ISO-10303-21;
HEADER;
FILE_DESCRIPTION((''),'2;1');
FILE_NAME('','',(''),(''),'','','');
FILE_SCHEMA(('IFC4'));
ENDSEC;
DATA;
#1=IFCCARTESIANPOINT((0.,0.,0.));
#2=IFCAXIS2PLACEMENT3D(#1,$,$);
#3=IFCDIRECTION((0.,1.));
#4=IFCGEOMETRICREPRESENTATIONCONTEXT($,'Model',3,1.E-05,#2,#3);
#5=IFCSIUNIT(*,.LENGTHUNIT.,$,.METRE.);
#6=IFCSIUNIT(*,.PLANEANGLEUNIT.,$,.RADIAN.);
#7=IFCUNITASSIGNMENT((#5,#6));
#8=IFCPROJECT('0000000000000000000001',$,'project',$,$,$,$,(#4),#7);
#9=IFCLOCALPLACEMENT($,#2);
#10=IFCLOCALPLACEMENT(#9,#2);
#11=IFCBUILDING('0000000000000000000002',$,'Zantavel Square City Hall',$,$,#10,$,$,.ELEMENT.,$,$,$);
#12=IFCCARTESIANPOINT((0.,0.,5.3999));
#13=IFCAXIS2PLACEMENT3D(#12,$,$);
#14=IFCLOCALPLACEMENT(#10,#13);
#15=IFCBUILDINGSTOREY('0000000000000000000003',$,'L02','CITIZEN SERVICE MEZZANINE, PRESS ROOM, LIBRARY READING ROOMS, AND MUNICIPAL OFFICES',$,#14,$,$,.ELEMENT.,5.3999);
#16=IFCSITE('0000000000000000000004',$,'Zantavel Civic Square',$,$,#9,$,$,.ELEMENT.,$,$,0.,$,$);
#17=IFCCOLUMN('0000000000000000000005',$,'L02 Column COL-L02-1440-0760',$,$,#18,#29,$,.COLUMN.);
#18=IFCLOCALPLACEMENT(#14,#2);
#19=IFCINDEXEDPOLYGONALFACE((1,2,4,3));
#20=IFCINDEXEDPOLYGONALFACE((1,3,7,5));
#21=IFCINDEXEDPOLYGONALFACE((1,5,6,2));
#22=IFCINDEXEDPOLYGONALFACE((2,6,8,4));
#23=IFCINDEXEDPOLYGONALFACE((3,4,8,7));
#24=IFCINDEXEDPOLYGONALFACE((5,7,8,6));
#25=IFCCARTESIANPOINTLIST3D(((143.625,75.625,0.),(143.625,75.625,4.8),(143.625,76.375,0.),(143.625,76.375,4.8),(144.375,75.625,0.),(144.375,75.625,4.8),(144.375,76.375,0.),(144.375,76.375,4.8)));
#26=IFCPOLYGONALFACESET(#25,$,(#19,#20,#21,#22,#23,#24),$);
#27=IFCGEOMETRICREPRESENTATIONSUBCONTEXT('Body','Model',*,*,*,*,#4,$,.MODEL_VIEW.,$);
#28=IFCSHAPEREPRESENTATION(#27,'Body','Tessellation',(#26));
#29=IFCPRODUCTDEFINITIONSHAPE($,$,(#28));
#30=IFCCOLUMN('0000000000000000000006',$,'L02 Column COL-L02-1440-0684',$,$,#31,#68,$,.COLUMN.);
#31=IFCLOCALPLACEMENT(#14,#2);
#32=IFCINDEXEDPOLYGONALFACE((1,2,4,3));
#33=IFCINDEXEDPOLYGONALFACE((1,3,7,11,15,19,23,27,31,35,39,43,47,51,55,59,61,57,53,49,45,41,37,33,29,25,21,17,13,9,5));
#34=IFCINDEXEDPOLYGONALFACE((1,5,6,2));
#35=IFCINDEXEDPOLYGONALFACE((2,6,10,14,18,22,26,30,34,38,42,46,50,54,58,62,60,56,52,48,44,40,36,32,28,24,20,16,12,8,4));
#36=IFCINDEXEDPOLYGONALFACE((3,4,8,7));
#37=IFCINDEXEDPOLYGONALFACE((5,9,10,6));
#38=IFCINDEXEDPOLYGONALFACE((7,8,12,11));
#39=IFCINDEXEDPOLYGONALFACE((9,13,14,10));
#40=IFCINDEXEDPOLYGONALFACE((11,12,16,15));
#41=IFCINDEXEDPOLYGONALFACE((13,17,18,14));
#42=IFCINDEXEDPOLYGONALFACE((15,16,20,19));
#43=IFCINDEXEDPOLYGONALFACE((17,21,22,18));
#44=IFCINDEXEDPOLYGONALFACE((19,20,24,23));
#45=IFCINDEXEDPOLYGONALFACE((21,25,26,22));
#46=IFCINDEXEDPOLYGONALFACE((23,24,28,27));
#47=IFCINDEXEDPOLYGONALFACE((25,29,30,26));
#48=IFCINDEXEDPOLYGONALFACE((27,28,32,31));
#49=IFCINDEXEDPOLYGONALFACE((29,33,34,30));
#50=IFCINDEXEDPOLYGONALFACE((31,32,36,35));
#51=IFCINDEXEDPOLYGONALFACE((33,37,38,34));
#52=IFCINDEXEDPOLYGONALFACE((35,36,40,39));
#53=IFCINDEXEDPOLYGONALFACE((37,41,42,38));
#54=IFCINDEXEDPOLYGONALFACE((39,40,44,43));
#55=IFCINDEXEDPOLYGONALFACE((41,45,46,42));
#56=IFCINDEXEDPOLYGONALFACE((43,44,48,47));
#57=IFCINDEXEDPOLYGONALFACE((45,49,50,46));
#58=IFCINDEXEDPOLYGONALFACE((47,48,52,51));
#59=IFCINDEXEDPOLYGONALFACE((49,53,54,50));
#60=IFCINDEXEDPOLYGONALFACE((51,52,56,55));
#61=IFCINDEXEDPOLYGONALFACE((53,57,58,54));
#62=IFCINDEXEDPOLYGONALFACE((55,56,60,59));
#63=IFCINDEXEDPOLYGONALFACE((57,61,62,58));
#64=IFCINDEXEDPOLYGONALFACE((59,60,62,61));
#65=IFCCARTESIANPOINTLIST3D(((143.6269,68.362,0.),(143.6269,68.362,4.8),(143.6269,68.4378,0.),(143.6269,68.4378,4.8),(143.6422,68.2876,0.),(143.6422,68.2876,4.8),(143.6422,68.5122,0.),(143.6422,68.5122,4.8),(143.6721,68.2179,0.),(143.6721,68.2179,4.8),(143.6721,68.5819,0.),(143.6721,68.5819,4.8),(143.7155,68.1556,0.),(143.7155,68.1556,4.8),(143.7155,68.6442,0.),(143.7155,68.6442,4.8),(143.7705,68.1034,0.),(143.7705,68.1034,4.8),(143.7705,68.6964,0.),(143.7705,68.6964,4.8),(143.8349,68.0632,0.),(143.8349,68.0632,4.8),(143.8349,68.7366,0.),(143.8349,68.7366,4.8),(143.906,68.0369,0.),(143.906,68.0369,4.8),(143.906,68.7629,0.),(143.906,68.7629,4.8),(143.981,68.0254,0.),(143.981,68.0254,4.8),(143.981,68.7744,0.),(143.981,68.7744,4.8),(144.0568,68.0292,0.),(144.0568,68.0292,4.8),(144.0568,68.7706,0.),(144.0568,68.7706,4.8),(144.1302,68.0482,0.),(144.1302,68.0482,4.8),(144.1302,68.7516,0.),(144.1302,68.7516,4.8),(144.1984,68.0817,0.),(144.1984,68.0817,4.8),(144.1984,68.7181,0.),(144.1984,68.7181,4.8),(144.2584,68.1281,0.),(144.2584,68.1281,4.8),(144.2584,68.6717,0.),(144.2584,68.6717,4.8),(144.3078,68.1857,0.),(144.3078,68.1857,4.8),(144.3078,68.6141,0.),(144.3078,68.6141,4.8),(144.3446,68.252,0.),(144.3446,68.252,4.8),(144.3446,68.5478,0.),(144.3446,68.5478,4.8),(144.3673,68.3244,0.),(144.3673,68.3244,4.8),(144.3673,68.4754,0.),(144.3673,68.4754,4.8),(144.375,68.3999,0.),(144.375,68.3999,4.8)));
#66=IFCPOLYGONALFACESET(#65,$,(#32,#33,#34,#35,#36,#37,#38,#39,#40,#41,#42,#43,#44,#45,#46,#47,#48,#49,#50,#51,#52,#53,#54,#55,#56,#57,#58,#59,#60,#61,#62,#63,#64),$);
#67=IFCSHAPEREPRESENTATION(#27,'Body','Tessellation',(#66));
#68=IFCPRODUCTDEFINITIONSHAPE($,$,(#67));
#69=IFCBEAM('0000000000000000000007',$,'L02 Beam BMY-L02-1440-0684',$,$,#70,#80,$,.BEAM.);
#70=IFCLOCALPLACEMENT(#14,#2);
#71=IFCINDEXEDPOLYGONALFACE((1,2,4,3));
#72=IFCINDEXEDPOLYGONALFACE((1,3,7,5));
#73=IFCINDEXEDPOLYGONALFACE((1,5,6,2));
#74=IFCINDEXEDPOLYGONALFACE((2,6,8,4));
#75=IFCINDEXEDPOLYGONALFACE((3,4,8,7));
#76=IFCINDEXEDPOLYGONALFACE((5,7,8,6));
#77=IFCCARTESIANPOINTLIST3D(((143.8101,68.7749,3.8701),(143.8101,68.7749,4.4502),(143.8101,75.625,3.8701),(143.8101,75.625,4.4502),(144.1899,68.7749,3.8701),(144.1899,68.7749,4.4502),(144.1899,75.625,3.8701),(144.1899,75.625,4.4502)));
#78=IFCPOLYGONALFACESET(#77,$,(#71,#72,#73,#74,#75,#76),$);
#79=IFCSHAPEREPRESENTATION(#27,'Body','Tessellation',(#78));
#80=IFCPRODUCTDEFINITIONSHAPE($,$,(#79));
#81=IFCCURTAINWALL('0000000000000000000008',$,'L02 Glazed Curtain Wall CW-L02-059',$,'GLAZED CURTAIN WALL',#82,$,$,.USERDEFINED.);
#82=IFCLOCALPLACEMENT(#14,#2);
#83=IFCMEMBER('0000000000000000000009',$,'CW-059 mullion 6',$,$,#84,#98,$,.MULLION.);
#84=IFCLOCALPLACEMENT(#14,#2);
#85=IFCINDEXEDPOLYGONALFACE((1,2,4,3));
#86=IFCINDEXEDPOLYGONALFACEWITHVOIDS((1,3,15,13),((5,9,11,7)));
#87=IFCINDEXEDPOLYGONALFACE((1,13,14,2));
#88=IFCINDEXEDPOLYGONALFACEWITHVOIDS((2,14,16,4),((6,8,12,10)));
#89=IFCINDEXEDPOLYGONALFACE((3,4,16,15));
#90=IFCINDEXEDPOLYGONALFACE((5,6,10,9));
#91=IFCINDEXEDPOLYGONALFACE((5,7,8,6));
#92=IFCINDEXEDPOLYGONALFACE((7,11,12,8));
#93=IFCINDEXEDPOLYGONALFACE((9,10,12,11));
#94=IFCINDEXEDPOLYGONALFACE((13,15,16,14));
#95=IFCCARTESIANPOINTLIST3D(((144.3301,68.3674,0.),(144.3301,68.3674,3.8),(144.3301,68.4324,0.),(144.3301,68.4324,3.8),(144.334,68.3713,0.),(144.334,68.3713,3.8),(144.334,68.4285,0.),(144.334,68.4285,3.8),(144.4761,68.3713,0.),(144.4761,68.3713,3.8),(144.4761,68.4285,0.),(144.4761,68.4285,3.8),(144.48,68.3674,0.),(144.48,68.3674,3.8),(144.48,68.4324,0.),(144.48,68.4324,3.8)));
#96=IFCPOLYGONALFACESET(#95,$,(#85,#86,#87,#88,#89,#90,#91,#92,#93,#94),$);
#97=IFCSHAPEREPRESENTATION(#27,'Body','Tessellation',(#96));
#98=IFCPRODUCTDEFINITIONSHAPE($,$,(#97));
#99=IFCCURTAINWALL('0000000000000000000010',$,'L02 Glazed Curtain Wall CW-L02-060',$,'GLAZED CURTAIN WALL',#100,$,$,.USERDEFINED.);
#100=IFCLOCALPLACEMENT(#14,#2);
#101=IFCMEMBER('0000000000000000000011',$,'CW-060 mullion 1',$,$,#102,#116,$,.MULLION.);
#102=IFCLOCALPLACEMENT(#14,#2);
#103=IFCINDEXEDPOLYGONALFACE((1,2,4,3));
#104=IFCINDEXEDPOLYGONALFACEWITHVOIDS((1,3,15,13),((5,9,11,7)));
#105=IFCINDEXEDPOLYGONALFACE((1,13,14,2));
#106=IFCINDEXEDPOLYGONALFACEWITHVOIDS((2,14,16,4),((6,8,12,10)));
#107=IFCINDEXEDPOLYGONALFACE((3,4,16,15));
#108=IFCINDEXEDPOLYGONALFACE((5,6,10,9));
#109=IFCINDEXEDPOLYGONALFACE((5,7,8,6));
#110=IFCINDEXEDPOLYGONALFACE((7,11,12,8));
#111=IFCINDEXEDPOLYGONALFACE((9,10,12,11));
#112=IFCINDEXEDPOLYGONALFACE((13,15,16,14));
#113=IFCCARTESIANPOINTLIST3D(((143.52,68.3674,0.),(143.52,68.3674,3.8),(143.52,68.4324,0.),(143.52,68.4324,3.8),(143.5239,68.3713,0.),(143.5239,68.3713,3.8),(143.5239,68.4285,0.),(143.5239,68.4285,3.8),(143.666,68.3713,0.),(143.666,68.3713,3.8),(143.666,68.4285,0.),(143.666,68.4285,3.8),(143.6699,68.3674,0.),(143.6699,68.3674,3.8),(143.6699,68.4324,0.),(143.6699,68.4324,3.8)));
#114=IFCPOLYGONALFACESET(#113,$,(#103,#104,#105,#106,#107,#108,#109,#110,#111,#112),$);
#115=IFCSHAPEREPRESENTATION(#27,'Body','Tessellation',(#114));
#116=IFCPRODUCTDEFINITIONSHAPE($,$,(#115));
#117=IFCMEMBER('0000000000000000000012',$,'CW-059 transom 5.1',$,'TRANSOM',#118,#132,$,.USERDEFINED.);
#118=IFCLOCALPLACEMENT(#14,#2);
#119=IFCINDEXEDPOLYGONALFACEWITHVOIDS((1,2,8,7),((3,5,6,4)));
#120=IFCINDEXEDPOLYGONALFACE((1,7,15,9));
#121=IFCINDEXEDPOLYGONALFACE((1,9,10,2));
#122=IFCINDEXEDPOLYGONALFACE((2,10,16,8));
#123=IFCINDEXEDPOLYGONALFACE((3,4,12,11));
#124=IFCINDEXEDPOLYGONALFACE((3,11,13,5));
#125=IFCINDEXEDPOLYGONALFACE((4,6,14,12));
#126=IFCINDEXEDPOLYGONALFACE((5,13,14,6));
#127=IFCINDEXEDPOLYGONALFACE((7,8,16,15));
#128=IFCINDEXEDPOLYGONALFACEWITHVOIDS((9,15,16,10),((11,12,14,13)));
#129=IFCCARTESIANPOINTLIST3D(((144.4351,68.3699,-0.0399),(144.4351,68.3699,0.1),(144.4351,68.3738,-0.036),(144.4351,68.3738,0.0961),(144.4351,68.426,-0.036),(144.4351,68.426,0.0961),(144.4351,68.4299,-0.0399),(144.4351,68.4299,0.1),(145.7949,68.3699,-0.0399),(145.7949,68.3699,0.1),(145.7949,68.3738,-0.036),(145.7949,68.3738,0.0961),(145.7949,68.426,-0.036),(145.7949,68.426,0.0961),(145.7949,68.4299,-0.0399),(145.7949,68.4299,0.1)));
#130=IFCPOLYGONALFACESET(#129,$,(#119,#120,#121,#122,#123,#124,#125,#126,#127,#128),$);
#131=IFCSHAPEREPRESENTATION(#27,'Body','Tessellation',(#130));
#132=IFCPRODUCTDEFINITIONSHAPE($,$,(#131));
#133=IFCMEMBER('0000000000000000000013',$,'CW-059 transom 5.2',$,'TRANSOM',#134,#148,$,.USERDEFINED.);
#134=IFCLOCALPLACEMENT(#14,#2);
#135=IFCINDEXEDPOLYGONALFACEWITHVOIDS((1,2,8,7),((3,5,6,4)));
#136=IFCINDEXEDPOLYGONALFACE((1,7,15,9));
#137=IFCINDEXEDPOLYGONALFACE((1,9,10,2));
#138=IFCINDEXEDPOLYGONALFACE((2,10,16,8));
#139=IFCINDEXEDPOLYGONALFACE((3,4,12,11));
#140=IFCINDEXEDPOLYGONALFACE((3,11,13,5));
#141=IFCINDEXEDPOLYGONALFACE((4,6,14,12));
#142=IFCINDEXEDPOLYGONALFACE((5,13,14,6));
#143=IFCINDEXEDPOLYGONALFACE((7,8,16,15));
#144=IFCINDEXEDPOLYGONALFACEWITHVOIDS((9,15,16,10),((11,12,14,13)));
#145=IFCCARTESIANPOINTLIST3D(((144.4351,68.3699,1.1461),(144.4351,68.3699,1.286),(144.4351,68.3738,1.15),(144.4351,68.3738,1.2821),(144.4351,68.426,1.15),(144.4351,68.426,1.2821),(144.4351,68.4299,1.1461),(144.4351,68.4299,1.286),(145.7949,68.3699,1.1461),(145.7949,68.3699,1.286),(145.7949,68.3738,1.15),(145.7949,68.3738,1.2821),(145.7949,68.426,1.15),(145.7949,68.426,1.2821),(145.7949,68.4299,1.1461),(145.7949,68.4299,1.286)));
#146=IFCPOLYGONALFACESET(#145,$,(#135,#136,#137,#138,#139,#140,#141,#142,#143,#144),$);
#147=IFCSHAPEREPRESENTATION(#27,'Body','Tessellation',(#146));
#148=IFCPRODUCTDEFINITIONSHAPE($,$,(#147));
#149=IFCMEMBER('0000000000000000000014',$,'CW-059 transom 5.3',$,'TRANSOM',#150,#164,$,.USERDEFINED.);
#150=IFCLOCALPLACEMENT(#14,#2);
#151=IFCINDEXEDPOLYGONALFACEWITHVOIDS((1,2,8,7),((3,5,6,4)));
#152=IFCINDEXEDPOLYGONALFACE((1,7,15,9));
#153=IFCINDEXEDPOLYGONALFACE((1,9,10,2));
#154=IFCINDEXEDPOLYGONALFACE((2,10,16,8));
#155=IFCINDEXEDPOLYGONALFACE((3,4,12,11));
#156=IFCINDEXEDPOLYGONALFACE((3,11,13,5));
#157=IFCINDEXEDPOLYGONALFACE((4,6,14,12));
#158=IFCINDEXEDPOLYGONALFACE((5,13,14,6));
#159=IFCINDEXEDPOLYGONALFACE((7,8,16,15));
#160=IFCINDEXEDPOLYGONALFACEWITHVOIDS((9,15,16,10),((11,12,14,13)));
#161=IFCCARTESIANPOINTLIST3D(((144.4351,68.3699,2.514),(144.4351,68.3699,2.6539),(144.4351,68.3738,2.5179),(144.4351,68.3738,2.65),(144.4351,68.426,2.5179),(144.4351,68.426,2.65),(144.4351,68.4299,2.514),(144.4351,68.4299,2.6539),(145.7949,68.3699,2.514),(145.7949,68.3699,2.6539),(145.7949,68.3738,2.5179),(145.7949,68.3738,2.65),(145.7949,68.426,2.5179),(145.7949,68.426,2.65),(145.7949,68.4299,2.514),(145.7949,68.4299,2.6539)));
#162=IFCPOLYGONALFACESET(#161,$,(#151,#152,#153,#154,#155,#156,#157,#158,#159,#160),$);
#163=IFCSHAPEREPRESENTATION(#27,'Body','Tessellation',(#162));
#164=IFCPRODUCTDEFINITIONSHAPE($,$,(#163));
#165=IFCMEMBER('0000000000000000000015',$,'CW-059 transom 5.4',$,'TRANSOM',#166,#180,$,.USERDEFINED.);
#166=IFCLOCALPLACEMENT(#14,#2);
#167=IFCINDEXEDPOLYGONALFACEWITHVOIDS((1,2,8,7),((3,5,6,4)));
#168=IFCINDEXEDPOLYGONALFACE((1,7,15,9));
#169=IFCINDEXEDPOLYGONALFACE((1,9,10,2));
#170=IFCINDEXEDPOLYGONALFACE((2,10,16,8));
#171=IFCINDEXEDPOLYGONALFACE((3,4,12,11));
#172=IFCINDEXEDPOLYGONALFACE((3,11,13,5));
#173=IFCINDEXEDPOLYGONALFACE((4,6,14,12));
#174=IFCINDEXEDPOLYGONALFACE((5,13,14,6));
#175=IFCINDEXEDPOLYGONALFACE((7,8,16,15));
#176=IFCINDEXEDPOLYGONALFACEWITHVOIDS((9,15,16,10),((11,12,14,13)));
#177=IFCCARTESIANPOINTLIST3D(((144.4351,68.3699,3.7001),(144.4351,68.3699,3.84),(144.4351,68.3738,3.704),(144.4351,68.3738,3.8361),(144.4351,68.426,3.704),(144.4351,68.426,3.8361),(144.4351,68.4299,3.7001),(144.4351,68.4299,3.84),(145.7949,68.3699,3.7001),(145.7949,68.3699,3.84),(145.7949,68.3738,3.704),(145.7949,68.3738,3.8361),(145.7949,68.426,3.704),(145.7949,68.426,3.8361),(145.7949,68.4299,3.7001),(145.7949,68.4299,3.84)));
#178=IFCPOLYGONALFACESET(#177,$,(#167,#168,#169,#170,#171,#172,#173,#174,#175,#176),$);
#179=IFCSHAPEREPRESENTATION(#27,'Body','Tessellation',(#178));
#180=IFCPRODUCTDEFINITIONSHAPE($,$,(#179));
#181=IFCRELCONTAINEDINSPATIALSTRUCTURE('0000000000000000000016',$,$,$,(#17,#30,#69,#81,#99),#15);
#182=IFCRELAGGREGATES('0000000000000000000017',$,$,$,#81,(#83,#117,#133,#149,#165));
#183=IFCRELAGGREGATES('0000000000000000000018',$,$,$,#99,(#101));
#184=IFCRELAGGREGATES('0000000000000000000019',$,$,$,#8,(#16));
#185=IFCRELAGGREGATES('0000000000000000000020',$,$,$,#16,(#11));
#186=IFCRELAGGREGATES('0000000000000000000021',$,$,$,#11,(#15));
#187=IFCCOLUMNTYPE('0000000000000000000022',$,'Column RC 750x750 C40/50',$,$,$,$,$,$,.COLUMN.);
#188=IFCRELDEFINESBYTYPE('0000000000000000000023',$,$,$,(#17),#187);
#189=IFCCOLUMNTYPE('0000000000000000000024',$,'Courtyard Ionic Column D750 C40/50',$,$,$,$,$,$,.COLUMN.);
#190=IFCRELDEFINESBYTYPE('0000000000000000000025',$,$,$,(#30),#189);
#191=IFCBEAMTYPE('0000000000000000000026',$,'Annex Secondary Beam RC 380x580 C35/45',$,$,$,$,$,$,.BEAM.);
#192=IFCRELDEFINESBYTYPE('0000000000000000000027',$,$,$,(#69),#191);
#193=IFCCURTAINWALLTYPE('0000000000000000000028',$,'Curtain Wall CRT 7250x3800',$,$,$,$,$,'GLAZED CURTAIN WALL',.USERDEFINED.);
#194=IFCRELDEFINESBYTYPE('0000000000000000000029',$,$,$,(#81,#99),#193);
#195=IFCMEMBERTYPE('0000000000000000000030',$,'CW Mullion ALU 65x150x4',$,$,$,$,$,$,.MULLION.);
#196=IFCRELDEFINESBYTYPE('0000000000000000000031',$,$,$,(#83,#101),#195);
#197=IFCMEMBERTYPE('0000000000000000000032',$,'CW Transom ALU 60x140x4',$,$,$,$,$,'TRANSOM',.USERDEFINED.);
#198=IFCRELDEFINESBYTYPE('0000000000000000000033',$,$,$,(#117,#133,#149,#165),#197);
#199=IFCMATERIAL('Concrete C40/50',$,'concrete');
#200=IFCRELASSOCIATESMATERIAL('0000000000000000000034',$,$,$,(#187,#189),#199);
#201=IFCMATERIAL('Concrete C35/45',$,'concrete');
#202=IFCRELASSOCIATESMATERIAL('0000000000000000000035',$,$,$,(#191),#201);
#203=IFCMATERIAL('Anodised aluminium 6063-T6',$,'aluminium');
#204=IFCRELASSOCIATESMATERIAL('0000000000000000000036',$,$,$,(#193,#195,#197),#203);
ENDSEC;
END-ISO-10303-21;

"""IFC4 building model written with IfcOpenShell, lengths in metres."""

from ifc_helpers import new_model, si_unit, direction, frame, origin, origin_2d, place, context, subcontext, project, spatial, rectangle, hollow_rectangle, circle, extrude, material, material_profile, profile_set, type_object, element, aggregate, save


model = new_model("IFC4")

# Units and contexts
model_context = context("Model", 3, precision=1e-05, world=origin(), true_north=direction((0.0, 1.0)))
body_context = subcontext(model_context, "Body", "Model", "MODEL_VIEW")
ifc_project = project(units=[si_unit("LENGTHUNIT", "METRE"), si_unit("PLANEANGLEUNIT", "RADIAN")], contexts=[model_context])

# Site, building, storey
site_placement = place(None, origin())
site = spatial("IfcSite", under=ifc_project, at=site_placement, Name="Zantavel Civic Square", CompositionType="ELEMENT", RefElevation=0.0)
building_placement = place(site_placement, origin())
building = spatial("IfcBuilding", under=site, at=building_placement, Name="Zantavel Square City Hall", CompositionType="ELEMENT")
storey_placement = place(building_placement, frame((0.0, 0.0, 5.3999)))
storey = spatial("IfcBuildingStorey", under=building, at=storey_placement, Name="L02", Description="CITIZEN SERVICE MEZZANINE, PRESS ROOM, LIBRARY READING ROOMS, AND MUNICIPAL OFFICES", CompositionType="ELEMENT", Elevation=5.3999)

# Columns
ifc_material_1 = material(Name="Concrete C40/50", Category="concrete")
ifc_material_profile_1 = material_profile(ifc_material_1, rectangle(XDim=0.75, YDim=0.75, at=origin_2d()), Name="RC 750x750")
ifc_profile_set_1 = profile_set([ifc_material_profile_1], Name="Concrete C40/50")
column_type_1 = type_object("IfcColumnType", Name="Column RC 750x750 C40/50", PredefinedType="COLUMN", material=ifc_profile_set_1)
column_1_placement = place(storey_placement, frame((144.0, 76.0, 0.0), z_axis=(0.0, 0.0, 1.0), x_axis=(1.0, 0.0, 0.0)))
element("IfcColumn", 1, at=column_1_placement, inside=storey, type_object=column_type_1, Name="L02 Column COL-L02-1440-0760", PredefinedType="COLUMN", context=body_context, shape_type="SweptSolid", body=[
    extrude(rectangle(XDim=0.75, YDim=0.75, at=origin_2d()), origin(), (0.0, 0.0, 1.0), 4.8),
])
ifc_material_profile_2 = material_profile(ifc_material_1, circle(Radius=0.375, at=origin_2d()), Name="ROUND D750")
ifc_profile_set_2 = profile_set([ifc_material_profile_2], Name="Concrete C40/50")
column_type_2 = type_object("IfcColumnType", Name="Courtyard Ionic Column D750 C40/50", PredefinedType="COLUMN", material=ifc_profile_set_2)
column_2_placement = place(storey_placement, frame((144.0, 68.3999, 0.0), z_axis=(0.0, 0.0, 1.0), x_axis=(1.0, 0.0, 0.0)))
element("IfcColumn", 2, at=column_2_placement, inside=storey, type_object=column_type_2, Name="L02 Column COL-L02-1440-0684", PredefinedType="COLUMN", context=body_context, shape_type="SweptSolid", body=[
    extrude(circle(Radius=0.375, at=origin_2d()), origin(), (0.0, 0.0, 1.0), 4.8),
])

# Beam
ifc_material_2 = material(Name="Concrete C35/45", Category="concrete")
ifc_material_profile_3 = material_profile(ifc_material_2, rectangle(XDim=0.3799, YDim=0.5801, at=origin_2d()), Name="RC 380x580")
ifc_profile_set_3 = profile_set([ifc_material_profile_3], Name="Concrete C35/45")
beam_type_1 = type_object("IfcBeamType", Name="Annex Secondary Beam RC 380x580 C35/45", PredefinedType="BEAM", material=ifc_profile_set_3)
beam_1_placement = place(storey_placement, frame((144.0, 68.7749, 4.1602), z_axis=(0.0, 1.0, 0.0), x_axis=(-1.0, 0.0, 0.0)))
element("IfcBeam", 3, at=beam_1_placement, inside=storey, type_object=beam_type_1, Name="L02 Beam BMY-L02-1440-0684", PredefinedType="BEAM", context=body_context, shape_type="SweptSolid", body=[
    extrude(rectangle(XDim=0.3799, YDim=0.5801, at=origin_2d()), origin(), (0.0, 0.0, 1.0), 6.8501),
])

# Curtain walls, members
ifc_material_3 = material(Name="Anodised aluminium 6063-T6", Category="aluminium")
curtain_wall_type = type_object("IfcCurtainWallType", Name="Curtain Wall CRT 7250x3800", ElementType="GLAZED CURTAIN WALL", PredefinedType="USERDEFINED", material=ifc_material_3)
curtain_wall_1_placement = place(storey_placement, origin())
curtain_wall_1 = element("IfcCurtainWall", 4, at=curtain_wall_1_placement, inside=storey, type_object=curtain_wall_type, Name="L02 Glazed Curtain Wall CW-L02-059", ObjectType="GLAZED CURTAIN WALL", PredefinedType="USERDEFINED")
ifc_material_profile_4 = material_profile(ifc_material_3, hollow_rectangle(XDim=0.0649, YDim=0.1499, WallThickness=0.0039, at=origin_2d()), Name="ALU 65x150x4")
ifc_profile_set_4 = profile_set([ifc_material_profile_4], Name="Anodised aluminium 6063-T6")
member_type_1 = type_object("IfcMemberType", Name="CW Mullion ALU 65x150x4", PredefinedType="MULLION", material=ifc_profile_set_4)
member_1_placement = place(storey_placement, frame((144.405, 68.3999, 0.0), z_axis=(0.0, 0.0, 1.0), x_axis=(0.0, -1.0, 0.0)))
member_1 = element("IfcMember", 5, at=member_1_placement, type_object=member_type_1, Name="CW-059 mullion 6", PredefinedType="MULLION", context=body_context, shape_type="SweptSolid", body=[
    extrude(hollow_rectangle(XDim=0.0649, YDim=0.1499, WallThickness=0.0039, at=origin_2d()), origin(), (0.0, 0.0, 1.0), 3.8),
])
curtain_wall_2_placement = place(storey_placement, origin())
curtain_wall_2 = element("IfcCurtainWall", 6, at=curtain_wall_2_placement, inside=storey, type_object=curtain_wall_type, Name="L02 Glazed Curtain Wall CW-L02-060", ObjectType="GLAZED CURTAIN WALL", PredefinedType="USERDEFINED")
member_2_placement = place(storey_placement, frame((143.595, 68.3999, 0.0), z_axis=(0.0, 0.0, 1.0), x_axis=(0.0, -1.0, 0.0)))
member_2 = element("IfcMember", 7, at=member_2_placement, type_object=member_type_1, Name="CW-060 mullion 1", PredefinedType="MULLION", context=body_context, shape_type="SweptSolid", body=[
    extrude(hollow_rectangle(XDim=0.0649, YDim=0.1499, WallThickness=0.0039, at=origin_2d()), origin(), (0.0, 0.0, 1.0), 3.8),
])

# Members
ifc_material_profile_5 = material_profile(ifc_material_3, hollow_rectangle(XDim=0.0601, YDim=0.1399, WallThickness=0.0039, at=origin_2d()), Name="ALU 60x140x4")
ifc_profile_set_5 = profile_set([ifc_material_profile_5], Name="Anodised aluminium 6063-T6")
member_type_2 = type_object("IfcMemberType", Name="CW Transom ALU 60x140x4", ElementType="TRANSOM", PredefinedType="USERDEFINED", material=ifc_profile_set_5)
member_3_placement = place(storey_placement, frame((145.7949, 68.3999, 0.03), z_axis=(-1.0, 0.0, 0.0), x_axis=(0.0, -1.0, 0.0)))
member_3 = element("IfcMember", 8, at=member_3_placement, type_object=member_type_2, Name="CW-059 transom 5.1", ObjectType="TRANSOM", PredefinedType="USERDEFINED", context=body_context, shape_type="SweptSolid", body=[
    extrude(hollow_rectangle(XDim=0.0601, YDim=0.1399, WallThickness=0.0039, at=origin_2d()), origin(), (0.0, 0.0, 1.0), 1.3599),
])
member_4_placement = place(storey_placement, frame((145.7949, 68.3999, 1.2161), z_axis=(-1.0, 0.0, 0.0), x_axis=(0.0, -1.0, 0.0)))
member_4 = element("IfcMember", 9, at=member_4_placement, type_object=member_type_2, Name="CW-059 transom 5.2", ObjectType="TRANSOM", PredefinedType="USERDEFINED", context=body_context, shape_type="SweptSolid", body=[
    extrude(hollow_rectangle(XDim=0.0601, YDim=0.1399, WallThickness=0.0039, at=origin_2d()), origin(), (0.0, 0.0, 1.0), 1.3599),
])
member_5_placement = place(storey_placement, frame((145.7949, 68.3999, 2.584), z_axis=(-1.0, 0.0, 0.0), x_axis=(0.0, -1.0, 0.0)))
member_5 = element("IfcMember", 10, at=member_5_placement, type_object=member_type_2, Name="CW-059 transom 5.3", ObjectType="TRANSOM", PredefinedType="USERDEFINED", context=body_context, shape_type="SweptSolid", body=[
    extrude(hollow_rectangle(XDim=0.0601, YDim=0.1399, WallThickness=0.0039, at=origin_2d()), origin(), (0.0, 0.0, 1.0), 1.3599),
])
member_6_placement = place(storey_placement, frame((145.7949, 68.3999, 3.77), z_axis=(-1.0, 0.0, 0.0), x_axis=(0.0, -1.0, 0.0)))
member_6 = element("IfcMember", 11, at=member_6_placement, type_object=member_type_2, Name="CW-059 transom 5.4", ObjectType="TRANSOM", PredefinedType="USERDEFINED", context=body_context, shape_type="SweptSolid", body=[
    extrude(hollow_rectangle(XDim=0.0601, YDim=0.1399, WallThickness=0.0039, at=origin_2d()), origin(), (0.0, 0.0, 1.0), 1.3599),
])

aggregate(curtain_wall_1, [member_1, member_3, member_4, member_5, member_6])
aggregate(curtain_wall_2, [member_2])

save(model, "model.ifc")
